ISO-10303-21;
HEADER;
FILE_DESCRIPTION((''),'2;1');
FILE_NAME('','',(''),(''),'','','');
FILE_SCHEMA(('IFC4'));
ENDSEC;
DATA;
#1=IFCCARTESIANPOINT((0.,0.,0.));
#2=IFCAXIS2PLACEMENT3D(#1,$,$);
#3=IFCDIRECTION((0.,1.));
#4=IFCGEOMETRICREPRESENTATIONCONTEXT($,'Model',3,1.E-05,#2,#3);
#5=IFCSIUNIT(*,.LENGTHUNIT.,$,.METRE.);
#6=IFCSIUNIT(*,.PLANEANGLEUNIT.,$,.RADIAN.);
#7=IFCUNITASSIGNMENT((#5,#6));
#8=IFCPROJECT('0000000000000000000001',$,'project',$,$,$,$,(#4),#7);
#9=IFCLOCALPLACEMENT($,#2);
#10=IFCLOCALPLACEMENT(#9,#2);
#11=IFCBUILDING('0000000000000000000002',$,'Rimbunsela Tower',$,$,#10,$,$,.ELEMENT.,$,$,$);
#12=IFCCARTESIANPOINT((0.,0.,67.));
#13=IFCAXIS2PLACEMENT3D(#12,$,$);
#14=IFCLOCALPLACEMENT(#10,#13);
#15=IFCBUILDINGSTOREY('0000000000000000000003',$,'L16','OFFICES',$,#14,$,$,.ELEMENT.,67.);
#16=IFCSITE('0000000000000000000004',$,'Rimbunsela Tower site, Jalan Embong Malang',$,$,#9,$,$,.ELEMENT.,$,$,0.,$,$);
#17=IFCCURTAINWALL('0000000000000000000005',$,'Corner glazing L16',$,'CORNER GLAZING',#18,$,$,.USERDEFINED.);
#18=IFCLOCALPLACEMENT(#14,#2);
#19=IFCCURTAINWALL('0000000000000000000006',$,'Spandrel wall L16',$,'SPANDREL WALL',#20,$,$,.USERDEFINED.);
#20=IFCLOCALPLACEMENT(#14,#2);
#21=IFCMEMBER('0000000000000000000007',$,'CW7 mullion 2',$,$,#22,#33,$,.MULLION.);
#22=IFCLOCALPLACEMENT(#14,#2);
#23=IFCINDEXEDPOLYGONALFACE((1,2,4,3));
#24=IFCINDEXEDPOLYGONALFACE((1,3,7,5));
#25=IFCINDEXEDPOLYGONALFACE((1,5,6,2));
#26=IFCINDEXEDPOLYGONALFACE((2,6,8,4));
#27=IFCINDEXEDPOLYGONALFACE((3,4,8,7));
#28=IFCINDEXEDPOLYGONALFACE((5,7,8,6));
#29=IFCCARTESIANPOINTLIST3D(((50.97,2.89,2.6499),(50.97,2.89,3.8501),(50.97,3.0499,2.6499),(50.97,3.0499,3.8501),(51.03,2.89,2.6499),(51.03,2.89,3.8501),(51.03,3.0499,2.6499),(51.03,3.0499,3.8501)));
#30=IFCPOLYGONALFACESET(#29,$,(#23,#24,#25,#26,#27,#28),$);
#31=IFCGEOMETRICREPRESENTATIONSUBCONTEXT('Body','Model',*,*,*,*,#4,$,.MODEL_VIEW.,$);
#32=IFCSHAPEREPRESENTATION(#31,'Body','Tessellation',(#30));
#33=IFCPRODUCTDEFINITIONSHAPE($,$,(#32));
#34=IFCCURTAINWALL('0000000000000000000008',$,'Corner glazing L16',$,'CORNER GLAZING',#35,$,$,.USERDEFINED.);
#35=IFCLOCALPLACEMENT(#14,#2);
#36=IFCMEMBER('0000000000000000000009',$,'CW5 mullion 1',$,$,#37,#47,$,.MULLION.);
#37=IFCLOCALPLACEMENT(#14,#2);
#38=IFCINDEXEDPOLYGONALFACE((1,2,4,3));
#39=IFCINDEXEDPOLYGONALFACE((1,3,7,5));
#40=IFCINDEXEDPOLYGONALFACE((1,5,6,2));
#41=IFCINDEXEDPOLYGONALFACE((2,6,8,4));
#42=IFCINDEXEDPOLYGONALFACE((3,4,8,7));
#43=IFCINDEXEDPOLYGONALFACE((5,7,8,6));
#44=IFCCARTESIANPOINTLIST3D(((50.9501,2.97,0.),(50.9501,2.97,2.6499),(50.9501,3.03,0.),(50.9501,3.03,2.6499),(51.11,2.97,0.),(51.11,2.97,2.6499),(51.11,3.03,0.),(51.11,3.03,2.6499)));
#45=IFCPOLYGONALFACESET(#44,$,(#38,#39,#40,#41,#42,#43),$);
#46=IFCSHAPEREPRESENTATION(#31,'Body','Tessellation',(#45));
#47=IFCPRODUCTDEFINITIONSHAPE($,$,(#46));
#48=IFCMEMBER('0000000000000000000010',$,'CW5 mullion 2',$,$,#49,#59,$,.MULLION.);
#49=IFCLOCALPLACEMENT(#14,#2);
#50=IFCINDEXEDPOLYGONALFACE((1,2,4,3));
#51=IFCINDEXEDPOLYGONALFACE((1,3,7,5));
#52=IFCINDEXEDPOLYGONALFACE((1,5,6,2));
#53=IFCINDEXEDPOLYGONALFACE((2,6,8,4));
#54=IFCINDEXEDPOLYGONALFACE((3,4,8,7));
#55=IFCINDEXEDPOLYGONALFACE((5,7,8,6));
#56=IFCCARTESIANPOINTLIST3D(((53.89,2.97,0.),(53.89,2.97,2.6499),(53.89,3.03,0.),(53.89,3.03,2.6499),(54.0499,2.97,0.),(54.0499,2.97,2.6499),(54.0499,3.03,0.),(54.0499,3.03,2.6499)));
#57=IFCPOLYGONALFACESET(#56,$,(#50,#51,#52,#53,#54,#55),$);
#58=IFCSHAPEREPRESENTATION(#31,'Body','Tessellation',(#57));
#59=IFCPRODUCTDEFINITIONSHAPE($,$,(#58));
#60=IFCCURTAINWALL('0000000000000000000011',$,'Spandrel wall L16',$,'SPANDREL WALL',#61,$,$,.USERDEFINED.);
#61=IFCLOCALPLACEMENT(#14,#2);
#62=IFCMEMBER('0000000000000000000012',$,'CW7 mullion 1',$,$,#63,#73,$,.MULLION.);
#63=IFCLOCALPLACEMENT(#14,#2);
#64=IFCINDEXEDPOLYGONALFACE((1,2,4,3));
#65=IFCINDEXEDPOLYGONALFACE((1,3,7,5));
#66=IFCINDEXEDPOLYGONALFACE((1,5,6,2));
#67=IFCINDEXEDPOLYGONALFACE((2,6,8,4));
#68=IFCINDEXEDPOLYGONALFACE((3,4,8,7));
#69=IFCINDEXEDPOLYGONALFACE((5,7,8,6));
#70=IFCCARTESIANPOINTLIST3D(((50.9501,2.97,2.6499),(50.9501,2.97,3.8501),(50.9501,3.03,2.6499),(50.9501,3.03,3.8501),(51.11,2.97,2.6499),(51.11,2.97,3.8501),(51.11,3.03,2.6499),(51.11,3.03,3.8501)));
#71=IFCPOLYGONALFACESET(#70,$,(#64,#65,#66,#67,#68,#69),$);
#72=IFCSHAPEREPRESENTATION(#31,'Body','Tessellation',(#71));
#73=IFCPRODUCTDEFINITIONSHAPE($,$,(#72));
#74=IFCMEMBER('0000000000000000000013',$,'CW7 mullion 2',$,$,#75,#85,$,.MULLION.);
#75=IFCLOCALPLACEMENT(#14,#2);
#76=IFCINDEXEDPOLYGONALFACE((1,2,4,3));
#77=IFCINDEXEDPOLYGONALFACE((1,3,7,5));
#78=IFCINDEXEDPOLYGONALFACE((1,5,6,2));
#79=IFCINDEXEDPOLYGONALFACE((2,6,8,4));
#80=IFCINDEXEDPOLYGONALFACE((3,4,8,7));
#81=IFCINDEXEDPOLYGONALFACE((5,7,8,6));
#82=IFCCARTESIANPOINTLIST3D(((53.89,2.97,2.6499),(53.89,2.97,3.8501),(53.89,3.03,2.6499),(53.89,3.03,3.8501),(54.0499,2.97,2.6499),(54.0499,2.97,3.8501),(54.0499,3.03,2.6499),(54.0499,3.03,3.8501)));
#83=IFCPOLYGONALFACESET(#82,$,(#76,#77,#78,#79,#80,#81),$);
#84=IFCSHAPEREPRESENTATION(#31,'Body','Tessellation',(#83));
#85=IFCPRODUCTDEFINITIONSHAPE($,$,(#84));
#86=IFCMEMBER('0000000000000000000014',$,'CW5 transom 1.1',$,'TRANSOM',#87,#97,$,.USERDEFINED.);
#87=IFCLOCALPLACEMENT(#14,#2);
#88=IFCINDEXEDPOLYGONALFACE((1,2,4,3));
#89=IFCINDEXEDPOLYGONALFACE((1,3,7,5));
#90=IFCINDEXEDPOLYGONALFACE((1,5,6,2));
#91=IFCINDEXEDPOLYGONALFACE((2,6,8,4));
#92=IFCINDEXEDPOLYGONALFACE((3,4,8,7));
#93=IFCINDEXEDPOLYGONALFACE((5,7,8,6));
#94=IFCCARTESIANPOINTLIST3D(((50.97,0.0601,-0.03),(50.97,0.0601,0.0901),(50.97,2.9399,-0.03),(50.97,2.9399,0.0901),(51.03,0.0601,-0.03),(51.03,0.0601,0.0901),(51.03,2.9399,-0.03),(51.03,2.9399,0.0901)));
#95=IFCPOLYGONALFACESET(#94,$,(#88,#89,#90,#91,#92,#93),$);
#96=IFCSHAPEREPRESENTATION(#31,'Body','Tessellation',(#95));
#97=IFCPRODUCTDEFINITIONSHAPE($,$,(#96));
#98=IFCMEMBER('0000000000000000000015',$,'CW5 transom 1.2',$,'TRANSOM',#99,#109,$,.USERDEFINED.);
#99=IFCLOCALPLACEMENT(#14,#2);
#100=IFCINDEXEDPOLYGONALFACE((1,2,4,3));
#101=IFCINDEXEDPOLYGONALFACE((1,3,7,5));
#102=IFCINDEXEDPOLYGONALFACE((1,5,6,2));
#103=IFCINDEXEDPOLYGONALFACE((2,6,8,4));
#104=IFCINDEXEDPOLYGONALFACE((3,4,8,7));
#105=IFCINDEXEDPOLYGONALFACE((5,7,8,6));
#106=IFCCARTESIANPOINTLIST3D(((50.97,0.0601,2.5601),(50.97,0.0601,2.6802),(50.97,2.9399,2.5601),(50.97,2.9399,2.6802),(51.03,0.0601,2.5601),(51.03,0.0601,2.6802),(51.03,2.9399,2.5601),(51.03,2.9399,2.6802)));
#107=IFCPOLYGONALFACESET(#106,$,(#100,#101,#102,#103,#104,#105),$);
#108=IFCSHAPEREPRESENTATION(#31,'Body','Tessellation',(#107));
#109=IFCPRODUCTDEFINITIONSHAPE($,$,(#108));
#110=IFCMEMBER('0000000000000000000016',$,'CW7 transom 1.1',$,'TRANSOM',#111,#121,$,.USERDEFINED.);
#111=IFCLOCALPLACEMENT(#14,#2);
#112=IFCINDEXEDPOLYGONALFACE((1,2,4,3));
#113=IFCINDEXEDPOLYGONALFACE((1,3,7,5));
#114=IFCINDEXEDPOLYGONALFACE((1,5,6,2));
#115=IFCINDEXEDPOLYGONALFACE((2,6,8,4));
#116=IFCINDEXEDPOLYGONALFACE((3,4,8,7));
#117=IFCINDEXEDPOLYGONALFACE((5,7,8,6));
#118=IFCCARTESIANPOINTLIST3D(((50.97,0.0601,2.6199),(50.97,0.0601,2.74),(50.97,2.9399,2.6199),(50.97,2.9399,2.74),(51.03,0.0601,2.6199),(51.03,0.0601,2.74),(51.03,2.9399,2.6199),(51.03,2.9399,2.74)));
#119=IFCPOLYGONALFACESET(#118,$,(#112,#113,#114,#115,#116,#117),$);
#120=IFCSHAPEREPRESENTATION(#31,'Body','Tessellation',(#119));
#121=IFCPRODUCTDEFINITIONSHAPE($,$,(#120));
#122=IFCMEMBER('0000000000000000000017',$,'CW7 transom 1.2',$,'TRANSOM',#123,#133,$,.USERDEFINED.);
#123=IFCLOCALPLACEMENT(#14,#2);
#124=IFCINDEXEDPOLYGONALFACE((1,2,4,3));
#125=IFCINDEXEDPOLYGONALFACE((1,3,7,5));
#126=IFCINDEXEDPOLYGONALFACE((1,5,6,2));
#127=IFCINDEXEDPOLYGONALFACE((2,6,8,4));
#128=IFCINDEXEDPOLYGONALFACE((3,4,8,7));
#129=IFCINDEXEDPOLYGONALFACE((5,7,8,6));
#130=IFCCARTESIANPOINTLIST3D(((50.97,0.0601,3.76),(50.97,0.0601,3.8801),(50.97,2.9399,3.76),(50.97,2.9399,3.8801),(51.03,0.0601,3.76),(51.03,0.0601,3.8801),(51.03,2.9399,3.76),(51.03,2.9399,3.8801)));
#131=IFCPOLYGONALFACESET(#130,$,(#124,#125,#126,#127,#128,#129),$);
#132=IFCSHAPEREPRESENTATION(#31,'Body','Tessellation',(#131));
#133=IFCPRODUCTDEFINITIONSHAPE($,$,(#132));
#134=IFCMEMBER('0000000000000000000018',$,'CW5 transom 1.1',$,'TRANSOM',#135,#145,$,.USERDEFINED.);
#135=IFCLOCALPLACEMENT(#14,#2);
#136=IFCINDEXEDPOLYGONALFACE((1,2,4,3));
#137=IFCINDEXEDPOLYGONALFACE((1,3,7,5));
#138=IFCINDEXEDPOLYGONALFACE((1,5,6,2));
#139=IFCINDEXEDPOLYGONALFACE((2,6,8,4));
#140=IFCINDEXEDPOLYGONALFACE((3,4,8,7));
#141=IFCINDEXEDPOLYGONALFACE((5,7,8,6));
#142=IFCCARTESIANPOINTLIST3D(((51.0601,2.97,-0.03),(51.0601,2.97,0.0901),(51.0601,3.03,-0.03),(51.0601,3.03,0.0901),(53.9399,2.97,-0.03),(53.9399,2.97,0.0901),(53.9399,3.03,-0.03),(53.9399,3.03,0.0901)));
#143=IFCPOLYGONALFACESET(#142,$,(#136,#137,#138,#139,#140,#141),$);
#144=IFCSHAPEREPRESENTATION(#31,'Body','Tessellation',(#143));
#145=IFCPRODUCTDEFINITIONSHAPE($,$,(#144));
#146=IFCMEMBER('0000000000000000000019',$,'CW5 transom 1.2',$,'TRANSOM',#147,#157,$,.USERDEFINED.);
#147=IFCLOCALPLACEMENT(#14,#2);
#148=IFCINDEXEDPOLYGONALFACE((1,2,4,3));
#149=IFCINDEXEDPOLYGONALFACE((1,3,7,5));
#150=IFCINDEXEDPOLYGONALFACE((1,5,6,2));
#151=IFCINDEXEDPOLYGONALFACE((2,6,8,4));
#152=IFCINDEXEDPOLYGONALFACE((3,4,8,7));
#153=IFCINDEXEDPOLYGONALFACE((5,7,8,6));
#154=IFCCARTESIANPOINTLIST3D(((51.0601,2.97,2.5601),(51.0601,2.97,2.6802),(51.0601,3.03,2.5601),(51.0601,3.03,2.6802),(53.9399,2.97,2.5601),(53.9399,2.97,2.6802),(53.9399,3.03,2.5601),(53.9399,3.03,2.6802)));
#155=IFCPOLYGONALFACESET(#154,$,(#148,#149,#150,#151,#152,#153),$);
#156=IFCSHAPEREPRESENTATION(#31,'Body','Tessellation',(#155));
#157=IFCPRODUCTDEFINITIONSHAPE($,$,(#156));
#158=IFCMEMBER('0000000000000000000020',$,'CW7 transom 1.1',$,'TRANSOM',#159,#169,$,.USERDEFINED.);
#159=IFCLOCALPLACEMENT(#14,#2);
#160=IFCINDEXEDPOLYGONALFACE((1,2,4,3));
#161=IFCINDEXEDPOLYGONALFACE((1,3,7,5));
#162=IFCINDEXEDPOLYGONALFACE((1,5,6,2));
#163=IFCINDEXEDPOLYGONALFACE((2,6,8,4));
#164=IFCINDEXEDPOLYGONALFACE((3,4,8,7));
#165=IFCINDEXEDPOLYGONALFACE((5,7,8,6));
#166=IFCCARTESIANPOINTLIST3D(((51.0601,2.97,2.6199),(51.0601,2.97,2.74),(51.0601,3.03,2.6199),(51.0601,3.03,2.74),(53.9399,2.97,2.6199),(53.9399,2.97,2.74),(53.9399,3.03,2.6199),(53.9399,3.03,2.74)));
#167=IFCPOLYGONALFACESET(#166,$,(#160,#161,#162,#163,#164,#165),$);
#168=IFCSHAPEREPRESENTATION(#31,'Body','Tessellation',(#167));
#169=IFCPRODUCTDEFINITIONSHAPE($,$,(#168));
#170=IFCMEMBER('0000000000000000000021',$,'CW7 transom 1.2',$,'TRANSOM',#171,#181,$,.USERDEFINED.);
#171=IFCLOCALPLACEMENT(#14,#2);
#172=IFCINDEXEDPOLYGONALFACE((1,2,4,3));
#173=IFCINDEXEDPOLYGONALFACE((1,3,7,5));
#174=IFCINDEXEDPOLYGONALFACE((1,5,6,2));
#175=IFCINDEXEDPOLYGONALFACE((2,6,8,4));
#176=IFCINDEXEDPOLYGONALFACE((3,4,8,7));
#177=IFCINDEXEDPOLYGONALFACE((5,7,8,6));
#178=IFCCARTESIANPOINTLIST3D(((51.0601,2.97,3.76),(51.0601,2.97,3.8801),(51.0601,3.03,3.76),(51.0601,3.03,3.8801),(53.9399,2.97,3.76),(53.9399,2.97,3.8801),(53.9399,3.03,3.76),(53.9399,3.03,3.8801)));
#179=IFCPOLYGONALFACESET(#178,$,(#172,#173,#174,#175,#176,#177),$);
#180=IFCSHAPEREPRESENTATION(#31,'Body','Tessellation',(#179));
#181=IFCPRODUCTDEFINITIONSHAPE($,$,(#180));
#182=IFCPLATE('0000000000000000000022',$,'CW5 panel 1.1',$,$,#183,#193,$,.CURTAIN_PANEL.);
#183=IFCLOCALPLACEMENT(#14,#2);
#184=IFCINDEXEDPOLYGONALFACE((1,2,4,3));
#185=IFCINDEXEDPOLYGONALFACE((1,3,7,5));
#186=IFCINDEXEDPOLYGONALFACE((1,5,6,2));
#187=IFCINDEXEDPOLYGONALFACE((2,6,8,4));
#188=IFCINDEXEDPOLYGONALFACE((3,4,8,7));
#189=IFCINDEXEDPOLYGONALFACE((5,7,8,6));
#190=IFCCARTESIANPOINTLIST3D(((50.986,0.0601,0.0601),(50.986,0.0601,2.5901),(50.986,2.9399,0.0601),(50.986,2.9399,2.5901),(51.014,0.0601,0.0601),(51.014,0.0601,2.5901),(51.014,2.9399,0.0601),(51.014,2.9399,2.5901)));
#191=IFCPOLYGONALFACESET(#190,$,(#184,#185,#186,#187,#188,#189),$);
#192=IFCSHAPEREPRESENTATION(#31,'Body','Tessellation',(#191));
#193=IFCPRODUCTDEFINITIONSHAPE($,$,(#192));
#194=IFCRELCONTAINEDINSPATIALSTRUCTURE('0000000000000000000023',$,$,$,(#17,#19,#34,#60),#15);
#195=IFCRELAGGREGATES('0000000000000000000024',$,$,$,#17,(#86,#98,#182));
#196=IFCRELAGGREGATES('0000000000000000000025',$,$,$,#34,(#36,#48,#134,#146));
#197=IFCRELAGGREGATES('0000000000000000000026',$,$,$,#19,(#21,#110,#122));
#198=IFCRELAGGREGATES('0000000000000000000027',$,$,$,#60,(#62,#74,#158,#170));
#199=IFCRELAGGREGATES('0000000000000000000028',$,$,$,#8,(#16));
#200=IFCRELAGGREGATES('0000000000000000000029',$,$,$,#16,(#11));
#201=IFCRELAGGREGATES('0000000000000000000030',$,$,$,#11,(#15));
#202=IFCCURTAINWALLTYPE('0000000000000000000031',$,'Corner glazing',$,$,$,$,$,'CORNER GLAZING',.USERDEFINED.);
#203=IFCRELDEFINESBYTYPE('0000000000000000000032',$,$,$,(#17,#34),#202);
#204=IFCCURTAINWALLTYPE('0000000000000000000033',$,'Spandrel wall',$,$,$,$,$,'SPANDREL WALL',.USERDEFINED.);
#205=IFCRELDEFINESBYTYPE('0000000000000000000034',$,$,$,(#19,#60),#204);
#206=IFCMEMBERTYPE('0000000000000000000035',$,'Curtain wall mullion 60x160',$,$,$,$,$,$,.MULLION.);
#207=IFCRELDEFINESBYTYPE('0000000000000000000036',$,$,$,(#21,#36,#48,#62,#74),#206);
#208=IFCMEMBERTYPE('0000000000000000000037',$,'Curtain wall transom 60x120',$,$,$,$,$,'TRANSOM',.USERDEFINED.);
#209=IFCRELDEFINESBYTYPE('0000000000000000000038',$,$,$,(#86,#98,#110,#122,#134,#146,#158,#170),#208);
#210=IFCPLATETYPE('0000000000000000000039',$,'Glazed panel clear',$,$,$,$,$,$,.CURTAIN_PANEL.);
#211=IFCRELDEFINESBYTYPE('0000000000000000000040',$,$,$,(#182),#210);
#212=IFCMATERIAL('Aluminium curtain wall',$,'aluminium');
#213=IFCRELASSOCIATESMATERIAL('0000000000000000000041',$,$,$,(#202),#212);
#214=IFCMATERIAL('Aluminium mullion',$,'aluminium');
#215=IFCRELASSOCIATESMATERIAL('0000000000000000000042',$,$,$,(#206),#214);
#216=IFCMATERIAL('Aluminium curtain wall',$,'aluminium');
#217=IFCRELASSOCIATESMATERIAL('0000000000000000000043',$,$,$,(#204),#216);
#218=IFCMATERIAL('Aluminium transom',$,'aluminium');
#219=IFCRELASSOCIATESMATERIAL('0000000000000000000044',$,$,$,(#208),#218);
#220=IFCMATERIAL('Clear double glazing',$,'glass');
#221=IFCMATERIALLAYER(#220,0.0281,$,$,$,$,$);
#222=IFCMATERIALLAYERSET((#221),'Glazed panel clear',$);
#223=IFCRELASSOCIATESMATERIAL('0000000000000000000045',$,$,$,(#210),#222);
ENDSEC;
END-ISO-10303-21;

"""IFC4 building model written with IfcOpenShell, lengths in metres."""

from ifc_helpers import new_model, si_unit, direction, frame, origin, origin_2d, place, context, subcontext, project, spatial, rectangle, extrude, material, layer, layer_set, material_profile, profile_set, type_object, element, aggregate, save


model = new_model("IFC4")

# Units and contexts
model_context = context("Model", 3, precision=1e-05, world=origin(), true_north=direction((0.0, 1.0)))
body_context = subcontext(model_context, "Body", "Model", "MODEL_VIEW")
ifc_project = project(units=[si_unit("LENGTHUNIT", "METRE"), si_unit("PLANEANGLEUNIT", "RADIAN")], contexts=[model_context])

# Site, building, storey
site_placement = place(None, origin())
site = spatial("IfcSite", under=ifc_project, at=site_placement, Name="Rimbunsela Tower site, Jalan Embong Malang", CompositionType="ELEMENT", RefElevation=0.0)
building_placement = place(site_placement, origin())
building = spatial("IfcBuilding", under=site, at=building_placement, Name="Rimbunsela Tower", CompositionType="ELEMENT")
storey_placement = place(building_placement, frame((0.0, 0.0, 67.0)))
storey = spatial("IfcBuildingStorey", under=building, at=storey_placement, Name="L16", Description="OFFICES", CompositionType="ELEMENT", Elevation=67.0)

# Curtain walls, members
ifc_material_1 = material(Name="Aluminium curtain wall", Category="aluminium")
curtain_wall_type_1 = type_object("IfcCurtainWallType", Name="Corner glazing", ElementType="CORNER GLAZING", PredefinedType="USERDEFINED", material=ifc_material_1)
curtain_wall_1_placement = place(storey_placement, origin())
curtain_wall_1 = element("IfcCurtainWall", 1, at=curtain_wall_1_placement, inside=storey, type_object=curtain_wall_type_1, Name="Corner glazing L16", ObjectType="CORNER GLAZING", PredefinedType="USERDEFINED")
ifc_material_2 = material(Name="Aluminium mullion", Category="aluminium")
ifc_material_profile_1 = material_profile(ifc_material_2, rectangle(XDim=0.0601, YDim=0.1599, at=origin_2d()), Name="Mullion 60x160")
ifc_profile_set_1 = profile_set([ifc_material_profile_1], Name="Aluminium mullion")
member_type_1 = type_object("IfcMemberType", Name="Curtain wall mullion 60x160", PredefinedType="MULLION", material=ifc_profile_set_1)
ifc_material_3 = material(Name="Aluminium curtain wall", Category="aluminium")
curtain_wall_type_2 = type_object("IfcCurtainWallType", Name="Spandrel wall", ElementType="SPANDREL WALL", PredefinedType="USERDEFINED", material=ifc_material_3)
curtain_wall_2_placement = place(storey_placement, origin())
curtain_wall_2 = element("IfcCurtainWall", 2, at=curtain_wall_2_placement, inside=storey, type_object=curtain_wall_type_2, Name="Spandrel wall L16", ObjectType="SPANDREL WALL", PredefinedType="USERDEFINED")
member_1_placement = place(storey_placement, frame((51.0, 2.97, 2.6499), z_axis=(0.0, 0.0, 1.0), x_axis=(-1.0, 0.0, 0.0)))
member_1 = element("IfcMember", 3, at=member_1_placement, type_object=member_type_1, Name="CW7 mullion 2", PredefinedType="MULLION", context=body_context, shape_type="SweptSolid", body=[
    extrude(rectangle(XDim=0.0601, YDim=0.1599, at=origin_2d()), origin(), (0.0, 0.0, 1.0), 1.2002),
])
curtain_wall_3_placement = place(storey_placement, origin())
curtain_wall_3 = element("IfcCurtainWall", 4, at=curtain_wall_3_placement, inside=storey, type_object=curtain_wall_type_1, Name="Corner glazing L16", ObjectType="CORNER GLAZING", PredefinedType="USERDEFINED")
member_2_placement = place(storey_placement, frame((51.03, 3.0, 0.0), z_axis=(0.0, 0.0, 1.0), x_axis=(0.0, 1.0, 0.0)))
member_2 = element("IfcMember", 5, at=member_2_placement, type_object=member_type_1, Name="CW5 mullion 1", PredefinedType="MULLION", context=body_context, shape_type="SweptSolid", body=[
    extrude(rectangle(XDim=0.0601, YDim=0.1599, at=origin_2d()), origin(), (0.0, 0.0, 1.0), 2.6499),
])
member_3_placement = place(storey_placement, frame((53.97, 3.0, 0.0), z_axis=(0.0, 0.0, 1.0), x_axis=(0.0, 1.0, 0.0)))
member_3 = element("IfcMember", 6, at=member_3_placement, type_object=member_type_1, Name="CW5 mullion 2", PredefinedType="MULLION", context=body_context, shape_type="SweptSolid", body=[
    extrude(rectangle(XDim=0.0601, YDim=0.1599, at=origin_2d()), origin(), (0.0, 0.0, 1.0), 2.6499),
])
curtain_wall_4_placement = place(storey_placement, origin())
curtain_wall_4 = element("IfcCurtainWall", 7, at=curtain_wall_4_placement, inside=storey, type_object=curtain_wall_type_2, Name="Spandrel wall L16", ObjectType="SPANDREL WALL", PredefinedType="USERDEFINED")
member_4_placement = place(storey_placement, frame((51.03, 3.0, 2.6499), z_axis=(0.0, 0.0, 1.0), x_axis=(0.0, 1.0, 0.0)))
member_4 = element("IfcMember", 8, at=member_4_placement, type_object=member_type_1, Name="CW7 mullion 1", PredefinedType="MULLION", context=body_context, shape_type="SweptSolid", body=[
    extrude(rectangle(XDim=0.0601, YDim=0.1599, at=origin_2d()), origin(), (0.0, 0.0, 1.0), 1.2002),
])
member_5_placement = place(storey_placement, frame((53.97, 3.0, 2.6499), z_axis=(0.0, 0.0, 1.0), x_axis=(0.0, 1.0, 0.0)))
member_5 = element("IfcMember", 9, at=member_5_placement, type_object=member_type_1, Name="CW7 mullion 2", PredefinedType="MULLION", context=body_context, shape_type="SweptSolid", body=[
    extrude(rectangle(XDim=0.0601, YDim=0.1599, at=origin_2d()), origin(), (0.0, 0.0, 1.0), 1.2002),
])

# Members
ifc_material_4 = material(Name="Aluminium transom", Category="aluminium")
ifc_material_profile_2 = material_profile(ifc_material_4, rectangle(XDim=0.0601, YDim=0.1201, at=origin_2d()), Name="Transom 60x120")
ifc_profile_set_2 = profile_set([ifc_material_profile_2], Name="Aluminium transom")
member_type_2 = type_object("IfcMemberType", Name="Curtain wall transom 60x120", ElementType="TRANSOM", PredefinedType="USERDEFINED", material=ifc_profile_set_2)
member_6_placement = place(storey_placement, frame((51.0, 0.0601, 0.03), z_axis=(0.0, 1.0, 0.0), x_axis=(-1.0, 0.0, 0.0)))
member_6 = element("IfcMember", 10, at=member_6_placement, type_object=member_type_2, Name="CW5 transom 1.1", ObjectType="TRANSOM", PredefinedType="USERDEFINED", context=body_context, shape_type="SweptSolid", body=[
    extrude(rectangle(XDim=0.0601, YDim=0.1201, at=origin_2d()), origin(), (0.0, 0.0, 1.0), 2.8799),
])
member_7_placement = place(storey_placement, frame((51.0, 0.0601, 2.6201), z_axis=(0.0, 1.0, 0.0), x_axis=(-1.0, 0.0, 0.0)))
member_7 = element("IfcMember", 11, at=member_7_placement, type_object=member_type_2, Name="CW5 transom 1.2", ObjectType="TRANSOM", PredefinedType="USERDEFINED", context=body_context, shape_type="SweptSolid", body=[
    extrude(rectangle(XDim=0.0601, YDim=0.1201, at=origin_2d()), origin(), (0.0, 0.0, 1.0), 2.8799),
])
member_8_placement = place(storey_placement, frame((51.0, 0.0601, 2.6799), z_axis=(0.0, 1.0, 0.0), x_axis=(-1.0, 0.0, 0.0)))
member_8 = element("IfcMember", 12, at=member_8_placement, type_object=member_type_2, Name="CW7 transom 1.1", ObjectType="TRANSOM", PredefinedType="USERDEFINED", context=body_context, shape_type="SweptSolid", body=[
    extrude(rectangle(XDim=0.0601, YDim=0.1201, at=origin_2d()), origin(), (0.0, 0.0, 1.0), 2.8799),
])
member_9_placement = place(storey_placement, frame((51.0, 0.0601, 3.8201), z_axis=(0.0, 1.0, 0.0), x_axis=(-1.0, 0.0, 0.0)))
member_9 = element("IfcMember", 13, at=member_9_placement, type_object=member_type_2, Name="CW7 transom 1.2", ObjectType="TRANSOM", PredefinedType="USERDEFINED", context=body_context, shape_type="SweptSolid", body=[
    extrude(rectangle(XDim=0.0601, YDim=0.1201, at=origin_2d()), origin(), (0.0, 0.0, 1.0), 2.8799),
])
member_10_placement = place(storey_placement, frame((51.0601, 3.0, 0.03), z_axis=(1.0, 0.0, 0.0), x_axis=(0.0, 1.0, 0.0)))
member_10 = element("IfcMember", 14, at=member_10_placement, type_object=member_type_2, Name="CW5 transom 1.1", ObjectType="TRANSOM", PredefinedType="USERDEFINED", context=body_context, shape_type="SweptSolid", body=[
    extrude(rectangle(XDim=0.0601, YDim=0.1201, at=origin_2d()), origin(), (0.0, 0.0, 1.0), 2.8799),
])
member_11_placement = place(storey_placement, frame((51.0601, 3.0, 2.6201), z_axis=(1.0, 0.0, 0.0), x_axis=(0.0, 1.0, 0.0)))
member_11 = element("IfcMember", 15, at=member_11_placement, type_object=member_type_2, Name="CW5 transom 1.2", ObjectType="TRANSOM", PredefinedType="USERDEFINED", context=body_context, shape_type="SweptSolid", body=[
    extrude(rectangle(XDim=0.0601, YDim=0.1201, at=origin_2d()), origin(), (0.0, 0.0, 1.0), 2.8799),
])
member_12_placement = place(storey_placement, frame((51.0601, 3.0, 2.6799), z_axis=(1.0, 0.0, 0.0), x_axis=(0.0, 1.0, 0.0)))
member_12 = element("IfcMember", 16, at=member_12_placement, type_object=member_type_2, Name="CW7 transom 1.1", ObjectType="TRANSOM", PredefinedType="USERDEFINED", context=body_context, shape_type="SweptSolid", body=[
    extrude(rectangle(XDim=0.0601, YDim=0.1201, at=origin_2d()), origin(), (0.0, 0.0, 1.0), 2.8799),
])
member_13_placement = place(storey_placement, frame((51.0601, 3.0, 3.8201), z_axis=(1.0, 0.0, 0.0), x_axis=(0.0, 1.0, 0.0)))
member_13 = element("IfcMember", 17, at=member_13_placement, type_object=member_type_2, Name="CW7 transom 1.2", ObjectType="TRANSOM", PredefinedType="USERDEFINED", context=body_context, shape_type="SweptSolid", body=[
    extrude(rectangle(XDim=0.0601, YDim=0.1201, at=origin_2d()), origin(), (0.0, 0.0, 1.0), 2.8799),
])

# Plate
ifc_material_5 = material(Name="Clear double glazing", Category="glass")
ifc_layer_1 = layer(ifc_material_5, 0.0281)
ifc_layer_set_1 = layer_set([ifc_layer_1], Name="Glazed panel clear")
plate_type_1 = type_object("IfcPlateType", Name="Glazed panel clear", PredefinedType="CURTAIN_PANEL", material=ifc_layer_set_1)
plate_1_placement = place(storey_placement, frame((51.0, 1.5, 0.0601), z_axis=(0.0, 0.0, 1.0), x_axis=(0.0, 1.0, 0.0)))
plate_1 = element("IfcPlate", 18, at=plate_1_placement, type_object=plate_type_1, Name="CW5 panel 1.1", PredefinedType="CURTAIN_PANEL", context=body_context, shape_type="SweptSolid", body=[
    extrude(rectangle(XDim=2.8799, YDim=0.0281, at=origin_2d()), origin(), (0.0, 0.0, 1.0), 2.53),
])
aggregate(curtain_wall_1, [member_6, member_7, plate_1])
aggregate(curtain_wall_3, [member_2, member_3, member_10, member_11])
aggregate(curtain_wall_2, [member_1, member_8, member_9])
aggregate(curtain_wall_4, [member_4, member_5, member_12, member_13])

save(model, "model.ifc")
